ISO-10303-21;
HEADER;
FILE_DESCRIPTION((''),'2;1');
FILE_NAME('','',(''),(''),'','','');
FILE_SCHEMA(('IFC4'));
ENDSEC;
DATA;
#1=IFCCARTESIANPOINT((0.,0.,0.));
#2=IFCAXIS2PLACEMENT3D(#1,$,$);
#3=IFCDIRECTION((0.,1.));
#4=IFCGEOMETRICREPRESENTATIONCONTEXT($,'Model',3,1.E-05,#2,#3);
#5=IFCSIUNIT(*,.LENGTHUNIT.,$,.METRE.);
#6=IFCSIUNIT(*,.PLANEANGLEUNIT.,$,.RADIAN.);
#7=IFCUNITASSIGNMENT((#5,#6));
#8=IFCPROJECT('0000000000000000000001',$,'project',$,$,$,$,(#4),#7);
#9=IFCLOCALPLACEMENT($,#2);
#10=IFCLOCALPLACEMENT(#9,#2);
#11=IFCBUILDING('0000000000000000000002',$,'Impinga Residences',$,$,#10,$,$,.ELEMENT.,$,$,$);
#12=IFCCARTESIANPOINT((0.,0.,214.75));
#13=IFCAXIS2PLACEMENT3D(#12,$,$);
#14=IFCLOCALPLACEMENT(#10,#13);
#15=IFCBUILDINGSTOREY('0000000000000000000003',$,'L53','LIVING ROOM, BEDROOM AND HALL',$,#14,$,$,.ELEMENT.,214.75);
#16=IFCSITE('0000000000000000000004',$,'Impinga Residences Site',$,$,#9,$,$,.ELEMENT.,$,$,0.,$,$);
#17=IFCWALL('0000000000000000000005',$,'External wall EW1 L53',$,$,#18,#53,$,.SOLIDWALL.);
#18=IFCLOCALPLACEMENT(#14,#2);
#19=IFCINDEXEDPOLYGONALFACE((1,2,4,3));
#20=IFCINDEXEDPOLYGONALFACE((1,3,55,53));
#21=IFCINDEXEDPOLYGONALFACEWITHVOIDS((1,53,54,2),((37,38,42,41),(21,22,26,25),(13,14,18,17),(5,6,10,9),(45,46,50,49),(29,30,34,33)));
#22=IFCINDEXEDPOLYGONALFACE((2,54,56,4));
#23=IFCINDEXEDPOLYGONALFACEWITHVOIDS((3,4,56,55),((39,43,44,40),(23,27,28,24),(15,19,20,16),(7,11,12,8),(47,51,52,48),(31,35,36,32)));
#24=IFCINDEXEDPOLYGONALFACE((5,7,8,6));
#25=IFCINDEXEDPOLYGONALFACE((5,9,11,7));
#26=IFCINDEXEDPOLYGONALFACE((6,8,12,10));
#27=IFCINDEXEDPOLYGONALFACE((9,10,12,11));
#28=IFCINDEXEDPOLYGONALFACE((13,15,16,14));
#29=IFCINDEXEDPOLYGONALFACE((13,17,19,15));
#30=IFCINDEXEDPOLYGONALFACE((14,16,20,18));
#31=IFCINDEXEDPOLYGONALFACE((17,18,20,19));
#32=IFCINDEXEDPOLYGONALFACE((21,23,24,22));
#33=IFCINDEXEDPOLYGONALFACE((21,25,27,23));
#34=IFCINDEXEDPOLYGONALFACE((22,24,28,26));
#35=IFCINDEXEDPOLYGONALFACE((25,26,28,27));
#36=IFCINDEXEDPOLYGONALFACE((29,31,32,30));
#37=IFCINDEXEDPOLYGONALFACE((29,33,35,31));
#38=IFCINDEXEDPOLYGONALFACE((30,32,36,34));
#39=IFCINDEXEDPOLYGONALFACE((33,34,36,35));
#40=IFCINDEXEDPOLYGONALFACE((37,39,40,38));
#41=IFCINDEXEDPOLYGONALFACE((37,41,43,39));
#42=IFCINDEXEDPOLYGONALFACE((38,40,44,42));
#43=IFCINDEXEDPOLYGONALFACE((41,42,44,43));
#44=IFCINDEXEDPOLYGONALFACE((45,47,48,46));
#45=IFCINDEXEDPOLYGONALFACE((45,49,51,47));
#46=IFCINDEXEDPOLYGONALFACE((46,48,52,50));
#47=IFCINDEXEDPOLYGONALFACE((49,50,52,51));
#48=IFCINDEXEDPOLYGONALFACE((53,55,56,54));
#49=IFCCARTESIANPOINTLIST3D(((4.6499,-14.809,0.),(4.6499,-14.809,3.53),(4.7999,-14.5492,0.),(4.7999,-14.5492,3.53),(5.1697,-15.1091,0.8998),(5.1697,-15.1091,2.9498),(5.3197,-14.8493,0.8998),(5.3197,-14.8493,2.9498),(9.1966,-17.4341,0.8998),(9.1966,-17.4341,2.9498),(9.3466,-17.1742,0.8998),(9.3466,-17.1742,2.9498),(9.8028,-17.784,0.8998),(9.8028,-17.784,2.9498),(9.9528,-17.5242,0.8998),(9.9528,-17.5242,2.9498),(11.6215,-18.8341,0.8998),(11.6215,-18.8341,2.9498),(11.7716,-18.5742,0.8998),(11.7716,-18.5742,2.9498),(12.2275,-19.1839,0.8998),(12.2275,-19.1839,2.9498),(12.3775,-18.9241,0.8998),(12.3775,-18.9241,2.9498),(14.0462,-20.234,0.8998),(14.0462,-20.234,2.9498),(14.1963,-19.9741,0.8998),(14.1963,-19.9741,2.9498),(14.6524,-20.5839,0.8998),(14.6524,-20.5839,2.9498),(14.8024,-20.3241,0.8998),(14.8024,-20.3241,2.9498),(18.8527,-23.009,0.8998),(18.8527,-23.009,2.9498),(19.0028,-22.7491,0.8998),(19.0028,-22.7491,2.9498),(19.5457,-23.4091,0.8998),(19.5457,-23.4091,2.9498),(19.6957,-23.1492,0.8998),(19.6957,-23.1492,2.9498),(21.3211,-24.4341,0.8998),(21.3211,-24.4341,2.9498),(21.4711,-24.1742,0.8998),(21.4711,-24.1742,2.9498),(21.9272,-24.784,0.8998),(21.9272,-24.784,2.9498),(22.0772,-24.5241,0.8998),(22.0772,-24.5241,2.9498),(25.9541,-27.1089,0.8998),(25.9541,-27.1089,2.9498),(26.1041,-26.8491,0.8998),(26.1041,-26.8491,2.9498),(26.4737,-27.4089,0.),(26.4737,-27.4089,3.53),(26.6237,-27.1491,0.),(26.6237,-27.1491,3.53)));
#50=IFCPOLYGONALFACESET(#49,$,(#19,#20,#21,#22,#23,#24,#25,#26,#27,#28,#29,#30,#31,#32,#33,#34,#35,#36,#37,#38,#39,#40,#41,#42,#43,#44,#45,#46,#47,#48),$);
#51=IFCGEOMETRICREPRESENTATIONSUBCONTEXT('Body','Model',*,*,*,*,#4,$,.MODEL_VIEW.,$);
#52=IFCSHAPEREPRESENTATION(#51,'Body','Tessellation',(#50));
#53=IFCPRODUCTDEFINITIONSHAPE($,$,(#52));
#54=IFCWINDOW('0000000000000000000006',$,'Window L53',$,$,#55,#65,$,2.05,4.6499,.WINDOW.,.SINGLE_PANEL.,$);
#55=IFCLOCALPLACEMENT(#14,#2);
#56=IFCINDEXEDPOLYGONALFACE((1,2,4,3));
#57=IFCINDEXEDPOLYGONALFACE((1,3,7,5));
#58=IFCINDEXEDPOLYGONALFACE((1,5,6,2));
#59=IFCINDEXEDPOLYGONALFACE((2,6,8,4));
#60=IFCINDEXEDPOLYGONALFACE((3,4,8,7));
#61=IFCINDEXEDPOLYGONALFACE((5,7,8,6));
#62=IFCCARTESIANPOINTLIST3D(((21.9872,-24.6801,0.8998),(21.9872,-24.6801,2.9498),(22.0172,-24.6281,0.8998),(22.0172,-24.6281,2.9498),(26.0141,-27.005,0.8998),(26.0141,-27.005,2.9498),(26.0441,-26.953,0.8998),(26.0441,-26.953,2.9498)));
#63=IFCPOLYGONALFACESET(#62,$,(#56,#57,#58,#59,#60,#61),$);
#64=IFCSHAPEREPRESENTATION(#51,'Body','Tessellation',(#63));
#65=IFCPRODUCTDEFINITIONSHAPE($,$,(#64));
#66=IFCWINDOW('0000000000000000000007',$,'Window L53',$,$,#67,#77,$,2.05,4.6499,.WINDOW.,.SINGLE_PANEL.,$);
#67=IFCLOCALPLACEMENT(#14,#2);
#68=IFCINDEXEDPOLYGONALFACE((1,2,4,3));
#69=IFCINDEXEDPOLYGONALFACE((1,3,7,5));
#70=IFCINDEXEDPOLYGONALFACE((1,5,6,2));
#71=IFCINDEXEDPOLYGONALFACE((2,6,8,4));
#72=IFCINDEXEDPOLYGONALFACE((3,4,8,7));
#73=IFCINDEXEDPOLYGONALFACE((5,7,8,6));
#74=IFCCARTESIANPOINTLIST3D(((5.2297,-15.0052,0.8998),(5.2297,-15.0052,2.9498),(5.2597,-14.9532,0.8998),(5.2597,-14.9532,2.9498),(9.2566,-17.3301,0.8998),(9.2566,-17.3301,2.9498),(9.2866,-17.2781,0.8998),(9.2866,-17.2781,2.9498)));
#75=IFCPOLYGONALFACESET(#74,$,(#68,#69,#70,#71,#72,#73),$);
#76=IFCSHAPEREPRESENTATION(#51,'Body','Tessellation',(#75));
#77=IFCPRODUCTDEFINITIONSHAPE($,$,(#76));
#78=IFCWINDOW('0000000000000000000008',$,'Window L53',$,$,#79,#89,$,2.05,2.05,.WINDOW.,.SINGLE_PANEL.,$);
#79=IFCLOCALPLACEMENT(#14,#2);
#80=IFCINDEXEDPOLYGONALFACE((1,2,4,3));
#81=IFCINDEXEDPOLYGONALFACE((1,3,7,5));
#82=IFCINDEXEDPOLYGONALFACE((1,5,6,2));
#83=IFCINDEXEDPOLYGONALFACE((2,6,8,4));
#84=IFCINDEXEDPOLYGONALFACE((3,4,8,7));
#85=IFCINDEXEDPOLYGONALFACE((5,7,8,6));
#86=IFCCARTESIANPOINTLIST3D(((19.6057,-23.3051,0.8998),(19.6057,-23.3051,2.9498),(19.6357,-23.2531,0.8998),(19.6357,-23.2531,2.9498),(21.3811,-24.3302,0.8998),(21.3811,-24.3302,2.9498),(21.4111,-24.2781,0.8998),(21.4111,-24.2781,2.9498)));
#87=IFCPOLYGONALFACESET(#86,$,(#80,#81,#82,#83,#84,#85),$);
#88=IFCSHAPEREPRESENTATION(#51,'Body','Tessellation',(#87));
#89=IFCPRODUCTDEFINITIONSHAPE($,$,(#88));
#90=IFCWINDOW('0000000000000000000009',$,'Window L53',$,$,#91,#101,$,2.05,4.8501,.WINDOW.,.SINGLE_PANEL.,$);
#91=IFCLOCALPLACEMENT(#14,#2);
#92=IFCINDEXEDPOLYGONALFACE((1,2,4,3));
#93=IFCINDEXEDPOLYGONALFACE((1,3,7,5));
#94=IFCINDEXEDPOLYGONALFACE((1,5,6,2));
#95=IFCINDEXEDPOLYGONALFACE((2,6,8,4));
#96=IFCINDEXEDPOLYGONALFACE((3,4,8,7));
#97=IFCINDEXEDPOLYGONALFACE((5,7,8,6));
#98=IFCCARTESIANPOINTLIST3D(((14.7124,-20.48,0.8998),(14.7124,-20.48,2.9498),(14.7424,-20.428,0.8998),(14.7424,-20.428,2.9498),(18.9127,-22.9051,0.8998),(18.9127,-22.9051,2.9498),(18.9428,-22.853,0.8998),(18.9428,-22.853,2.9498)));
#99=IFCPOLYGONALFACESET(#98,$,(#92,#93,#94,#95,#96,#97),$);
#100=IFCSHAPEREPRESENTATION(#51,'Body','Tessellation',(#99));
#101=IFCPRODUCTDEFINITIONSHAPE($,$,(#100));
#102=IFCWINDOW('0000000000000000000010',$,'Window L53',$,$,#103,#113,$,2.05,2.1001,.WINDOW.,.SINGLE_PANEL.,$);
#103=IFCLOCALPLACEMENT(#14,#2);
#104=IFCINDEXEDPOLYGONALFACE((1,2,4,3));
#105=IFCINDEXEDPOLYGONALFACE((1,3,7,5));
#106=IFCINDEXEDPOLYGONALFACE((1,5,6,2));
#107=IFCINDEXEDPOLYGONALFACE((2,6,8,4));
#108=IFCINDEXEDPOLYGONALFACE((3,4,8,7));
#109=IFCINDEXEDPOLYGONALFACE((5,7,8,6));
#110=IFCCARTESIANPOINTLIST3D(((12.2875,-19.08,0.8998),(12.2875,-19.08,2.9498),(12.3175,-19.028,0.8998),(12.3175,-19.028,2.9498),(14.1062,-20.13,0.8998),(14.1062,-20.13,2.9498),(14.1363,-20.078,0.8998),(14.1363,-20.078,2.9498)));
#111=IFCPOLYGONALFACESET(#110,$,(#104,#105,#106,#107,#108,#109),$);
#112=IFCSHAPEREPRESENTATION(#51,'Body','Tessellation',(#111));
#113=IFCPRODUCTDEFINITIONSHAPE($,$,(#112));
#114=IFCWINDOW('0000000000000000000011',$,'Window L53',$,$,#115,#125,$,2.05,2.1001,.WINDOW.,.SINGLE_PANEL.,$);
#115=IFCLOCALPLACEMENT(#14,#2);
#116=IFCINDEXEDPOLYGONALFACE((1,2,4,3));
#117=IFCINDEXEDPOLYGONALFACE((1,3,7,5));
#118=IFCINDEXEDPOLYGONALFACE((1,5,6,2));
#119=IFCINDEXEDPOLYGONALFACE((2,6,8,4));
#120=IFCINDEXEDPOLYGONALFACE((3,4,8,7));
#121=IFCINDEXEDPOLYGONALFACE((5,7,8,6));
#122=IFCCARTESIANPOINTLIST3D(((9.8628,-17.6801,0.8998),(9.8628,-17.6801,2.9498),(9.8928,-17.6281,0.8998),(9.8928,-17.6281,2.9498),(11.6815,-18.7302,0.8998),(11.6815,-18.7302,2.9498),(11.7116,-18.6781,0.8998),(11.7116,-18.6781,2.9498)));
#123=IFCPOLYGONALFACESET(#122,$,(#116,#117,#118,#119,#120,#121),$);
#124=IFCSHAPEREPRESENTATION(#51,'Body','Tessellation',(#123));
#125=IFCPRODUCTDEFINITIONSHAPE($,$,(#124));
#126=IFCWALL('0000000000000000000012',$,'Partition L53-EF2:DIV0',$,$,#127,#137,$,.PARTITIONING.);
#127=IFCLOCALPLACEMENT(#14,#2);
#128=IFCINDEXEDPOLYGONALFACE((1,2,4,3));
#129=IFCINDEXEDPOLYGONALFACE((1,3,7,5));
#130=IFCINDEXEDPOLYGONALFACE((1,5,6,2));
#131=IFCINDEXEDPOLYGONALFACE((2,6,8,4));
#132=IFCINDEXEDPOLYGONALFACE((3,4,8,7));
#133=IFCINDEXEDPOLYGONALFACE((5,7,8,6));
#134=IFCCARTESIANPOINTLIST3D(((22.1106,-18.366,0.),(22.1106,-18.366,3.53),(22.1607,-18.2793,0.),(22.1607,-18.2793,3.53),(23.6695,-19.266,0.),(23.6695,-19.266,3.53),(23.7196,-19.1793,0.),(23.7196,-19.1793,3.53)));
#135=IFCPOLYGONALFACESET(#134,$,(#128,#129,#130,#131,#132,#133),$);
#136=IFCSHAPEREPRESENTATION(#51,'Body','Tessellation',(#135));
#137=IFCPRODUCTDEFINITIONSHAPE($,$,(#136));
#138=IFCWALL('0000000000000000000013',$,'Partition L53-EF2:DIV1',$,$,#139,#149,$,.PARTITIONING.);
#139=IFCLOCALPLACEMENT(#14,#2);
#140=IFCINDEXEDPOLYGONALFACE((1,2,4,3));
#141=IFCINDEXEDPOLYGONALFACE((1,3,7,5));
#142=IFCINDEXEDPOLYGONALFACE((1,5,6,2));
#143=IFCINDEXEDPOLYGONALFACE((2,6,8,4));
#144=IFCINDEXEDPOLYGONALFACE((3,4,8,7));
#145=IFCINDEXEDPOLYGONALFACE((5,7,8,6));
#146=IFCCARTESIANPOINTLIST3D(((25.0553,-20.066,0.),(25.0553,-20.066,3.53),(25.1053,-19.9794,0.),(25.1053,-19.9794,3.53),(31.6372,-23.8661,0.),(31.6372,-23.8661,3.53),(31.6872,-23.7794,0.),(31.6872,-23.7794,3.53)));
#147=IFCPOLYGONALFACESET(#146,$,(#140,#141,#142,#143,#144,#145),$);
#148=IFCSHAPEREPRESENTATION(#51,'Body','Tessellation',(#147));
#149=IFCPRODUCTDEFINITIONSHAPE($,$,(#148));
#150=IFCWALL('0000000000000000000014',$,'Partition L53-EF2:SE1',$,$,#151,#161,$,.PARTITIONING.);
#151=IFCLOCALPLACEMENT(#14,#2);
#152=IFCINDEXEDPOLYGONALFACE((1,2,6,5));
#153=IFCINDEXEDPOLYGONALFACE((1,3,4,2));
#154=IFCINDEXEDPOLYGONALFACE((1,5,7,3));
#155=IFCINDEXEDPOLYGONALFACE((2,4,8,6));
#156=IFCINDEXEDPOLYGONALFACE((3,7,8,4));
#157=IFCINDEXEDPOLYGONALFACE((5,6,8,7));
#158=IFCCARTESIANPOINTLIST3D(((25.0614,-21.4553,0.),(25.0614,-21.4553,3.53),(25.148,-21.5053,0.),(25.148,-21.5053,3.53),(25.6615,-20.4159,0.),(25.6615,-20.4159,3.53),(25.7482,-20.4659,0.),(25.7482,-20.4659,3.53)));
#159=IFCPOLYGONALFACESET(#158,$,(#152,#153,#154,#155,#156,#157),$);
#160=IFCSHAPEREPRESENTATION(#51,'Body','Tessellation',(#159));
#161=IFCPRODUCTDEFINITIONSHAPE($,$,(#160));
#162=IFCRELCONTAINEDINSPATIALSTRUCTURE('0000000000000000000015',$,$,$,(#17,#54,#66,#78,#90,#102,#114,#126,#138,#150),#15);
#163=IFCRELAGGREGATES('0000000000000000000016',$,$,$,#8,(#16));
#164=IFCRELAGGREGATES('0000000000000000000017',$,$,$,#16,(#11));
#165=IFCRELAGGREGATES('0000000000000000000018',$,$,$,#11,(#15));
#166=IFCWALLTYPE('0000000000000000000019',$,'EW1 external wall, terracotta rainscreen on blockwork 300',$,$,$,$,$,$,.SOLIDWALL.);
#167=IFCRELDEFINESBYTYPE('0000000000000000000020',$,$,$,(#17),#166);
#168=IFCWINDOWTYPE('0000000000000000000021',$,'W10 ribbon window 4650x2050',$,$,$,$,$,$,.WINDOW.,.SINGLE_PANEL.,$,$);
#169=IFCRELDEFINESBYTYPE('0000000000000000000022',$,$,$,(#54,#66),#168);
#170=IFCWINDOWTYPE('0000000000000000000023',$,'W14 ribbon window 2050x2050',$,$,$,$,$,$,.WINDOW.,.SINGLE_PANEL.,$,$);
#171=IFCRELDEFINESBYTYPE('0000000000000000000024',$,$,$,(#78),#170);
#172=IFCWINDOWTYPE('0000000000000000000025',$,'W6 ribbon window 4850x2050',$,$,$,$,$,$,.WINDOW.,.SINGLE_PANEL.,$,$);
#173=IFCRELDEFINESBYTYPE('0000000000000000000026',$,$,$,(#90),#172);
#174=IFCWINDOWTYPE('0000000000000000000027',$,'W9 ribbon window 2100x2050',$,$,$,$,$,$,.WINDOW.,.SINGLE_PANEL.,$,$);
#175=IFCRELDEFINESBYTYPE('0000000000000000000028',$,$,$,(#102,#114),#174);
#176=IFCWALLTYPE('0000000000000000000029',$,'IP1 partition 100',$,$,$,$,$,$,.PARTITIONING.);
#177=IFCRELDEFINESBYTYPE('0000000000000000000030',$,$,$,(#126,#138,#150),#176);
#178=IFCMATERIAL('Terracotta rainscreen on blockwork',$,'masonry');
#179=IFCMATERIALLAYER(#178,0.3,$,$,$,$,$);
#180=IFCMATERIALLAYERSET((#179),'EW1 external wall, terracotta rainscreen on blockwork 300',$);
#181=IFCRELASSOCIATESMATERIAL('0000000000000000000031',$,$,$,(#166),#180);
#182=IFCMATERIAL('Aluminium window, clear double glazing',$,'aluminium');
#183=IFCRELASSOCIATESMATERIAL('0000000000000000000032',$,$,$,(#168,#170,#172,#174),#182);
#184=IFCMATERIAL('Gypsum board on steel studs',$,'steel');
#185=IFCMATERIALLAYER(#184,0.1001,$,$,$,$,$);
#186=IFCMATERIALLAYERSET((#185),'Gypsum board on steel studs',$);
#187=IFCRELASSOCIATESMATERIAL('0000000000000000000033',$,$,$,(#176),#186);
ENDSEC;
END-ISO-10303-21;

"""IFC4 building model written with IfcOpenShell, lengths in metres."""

from ifc_helpers import new_model, si_unit, direction, frame, frame_2d, origin, place, context, subcontext, project, spatial, rectangle, extrude, material, layer, layer_set, type_object, element, fill, save


model = new_model("IFC4")

# Units and contexts
model_context = context("Model", 3, precision=1e-05, world=origin(), true_north=direction((0.0, 1.0)))
body_context = subcontext(model_context, "Body", "Model", "MODEL_VIEW")
ifc_project = project(units=[si_unit("LENGTHUNIT", "METRE"), si_unit("PLANEANGLEUNIT", "RADIAN")], contexts=[model_context])

# Site, building, storey
site_placement = place(None, origin())
site = spatial("IfcSite", under=ifc_project, at=site_placement, Name="Impinga Residences Site", CompositionType="ELEMENT", RefElevation=0.0)
building_placement = place(site_placement, origin())
building = spatial("IfcBuilding", under=site, at=building_placement, Name="Impinga Residences", CompositionType="ELEMENT")
storey_placement = place(building_placement, frame((0.0, 0.0, 214.75)))
storey = spatial("IfcBuildingStorey", under=building, at=storey_placement, Name="L53", Description="LIVING ROOM, BEDROOM AND HALL", CompositionType="ELEMENT", Elevation=214.75)

# Shared definitions
ifc_material_1 = material(Name="Terracotta rainscreen on blockwork", Category="masonry")
ifc_layer_1 = layer(ifc_material_1, 0.3)
ifc_layer_set_1 = layer_set([ifc_layer_1], Name="EW1 external wall, terracotta rainscreen on blockwork 300")
wall_type_1 = type_object("IfcWallType", Name="EW1 external wall, terracotta rainscreen on blockwork 300", PredefinedType="SOLIDWALL", material=ifc_layer_set_1)

# Wall, openings, windows
wall_1_placement = place(storey_placement, frame((26.5488, -27.2791, 0.0), z_axis=(0.0, 0.0, 1.0), x_axis=(-0.866027, 0.499998, 0.0)))
wall_1 = element("IfcWall", 1, at=wall_1_placement, inside=storey, type_object=wall_type_1, Name="External wall EW1 L53", PredefinedType="SOLIDWALL", context=body_context, shape_type="SweptSolid", body=[
    extrude(rectangle(XDim=25.2, YDim=0.3, at=frame_2d((12.6001, 0.0))), origin(), (0.0, 0.0, 1.0), 3.53),
])
opening_1_placement = place(wall_1_placement, frame((0.6001, 0.0, 0.8999)))
opening_1 = element("IfcOpeningElement", 2, at=opening_1_placement, cuts=wall_1, PredefinedType="OPENING", context=body_context, shape_type="SweptSolid", body=[
    extrude(rectangle(XDim=4.6499, YDim=2.05, at=frame_2d((2.325, 1.0249))), frame((0.0, 0.1599, 0.0), z_axis=(0.0, -1.0, 0.0), x_axis=(1.0, 0.0, 0.0)), (0.0, 0.0, 1.0), 0.3201),
])
opening_2_placement = place(wall_1_placement, frame((5.95, 0.0, 0.8999)))
opening_2 = element("IfcOpeningElement", 3, at=opening_2_placement, cuts=wall_1, PredefinedType="OPENING", context=body_context, shape_type="SweptSolid", body=[
    extrude(rectangle(XDim=2.05, YDim=2.05, at=frame_2d((1.0249, 1.0249))), frame((0.0, 0.1599, 0.0), z_axis=(0.0, -1.0, 0.0), x_axis=(1.0, 0.0, 0.0)), (0.0, 0.0, 1.0), 0.3201),
])
opening_3_placement = place(wall_1_placement, frame((8.8, 0.0, 0.8999)))
opening_3 = element("IfcOpeningElement", 4, at=opening_3_placement, cuts=wall_1, PredefinedType="OPENING", context=body_context, shape_type="SweptSolid", body=[
    extrude(rectangle(XDim=4.8501, YDim=2.05, at=frame_2d((2.425, 1.0249))), frame((0.0, 0.1599, 0.0), z_axis=(0.0, -1.0, 0.0), x_axis=(1.0, 0.0, 0.0)), (0.0, 0.0, 1.0), 0.3201),
])
opening_4_placement = place(wall_1_placement, frame((14.3501, 0.0, 0.8999)))
opening_4 = element("IfcOpeningElement", 5, at=opening_4_placement, cuts=wall_1, PredefinedType="OPENING", context=body_context, shape_type="SweptSolid", body=[
    extrude(rectangle(XDim=2.1001, YDim=2.05, at=frame_2d((1.05, 1.0249))), frame((0.0, 0.1599, 0.0), z_axis=(0.0, -1.0, 0.0), x_axis=(1.0, 0.0, 0.0)), (0.0, 0.0, 1.0), 0.3201),
])
opening_5_placement = place(wall_1_placement, frame((17.1499, 0.0, 0.8999)))
opening_5 = element("IfcOpeningElement", 6, at=opening_5_placement, cuts=wall_1, PredefinedType="OPENING", context=body_context, shape_type="SweptSolid", body=[
    extrude(rectangle(XDim=2.1001, YDim=2.05, at=frame_2d((1.05, 1.0249))), frame((0.0, 0.1599, 0.0), z_axis=(0.0, -1.0, 0.0), x_axis=(1.0, 0.0, 0.0)), (0.0, 0.0, 1.0), 0.3201),
])
opening_6_placement = place(wall_1_placement, frame((19.95, 0.0, 0.8999)))
opening_6 = element("IfcOpeningElement", 7, at=opening_6_placement, cuts=wall_1, PredefinedType="OPENING", context=body_context, shape_type="SweptSolid", body=[
    extrude(rectangle(XDim=4.6499, YDim=2.05, at=frame_2d((2.325, 1.0249))), frame((0.0, 0.1599, 0.0), z_axis=(0.0, -1.0, 0.0), x_axis=(1.0, 0.0, 0.0)), (0.0, 0.0, 1.0), 0.3201),
])
ifc_material_2 = material(Name="Aluminium window, clear double glazing", Category="aluminium")
window_type_1 = type_object("IfcWindowType", Name="W10 ribbon window 4650x2050", PartitioningType="SINGLE_PANEL", PredefinedType="WINDOW", material=ifc_material_2)
window_1_placement = place(opening_1_placement, origin())
window_1 = element("IfcWindow", 8, at=window_1_placement, inside=storey, type_object=window_type_1, Name="Window L53", OverallHeight=2.05, OverallWidth=4.6499, PartitioningType="SINGLE_PANEL", PredefinedType="WINDOW", context=body_context, shape_type="SweptSolid", body=[
    extrude(rectangle(XDim=4.6499, YDim=2.05, at=frame_2d((2.325, 1.0249))), frame((0.0, 0.03, 0.0), z_axis=(0.0, -1.0, 0.0), x_axis=(1.0, 0.0, 0.0)), (0.0, 0.0, 1.0), 0.0601),
])
fill(opening_1, window_1)
window_2_placement = place(opening_6_placement, origin())
window_2 = element("IfcWindow", 9, at=window_2_placement, inside=storey, type_object=window_type_1, Name="Window L53", OverallHeight=2.05, OverallWidth=4.6499, PartitioningType="SINGLE_PANEL", PredefinedType="WINDOW", context=body_context, shape_type="SweptSolid", body=[
    extrude(rectangle(XDim=4.6499, YDim=2.05, at=frame_2d((2.325, 1.0249))), frame((0.0, 0.03, 0.0), z_axis=(0.0, -1.0, 0.0), x_axis=(1.0, 0.0, 0.0)), (0.0, 0.0, 1.0), 0.0601),
])
fill(opening_6, window_2)
window_type_2 = type_object("IfcWindowType", Name="W14 ribbon window 2050x2050", PartitioningType="SINGLE_PANEL", PredefinedType="WINDOW", material=ifc_material_2)
window_3_placement = place(opening_2_placement, origin())
window_3 = element("IfcWindow", 10, at=window_3_placement, inside=storey, type_object=window_type_2, Name="Window L53", OverallHeight=2.05, OverallWidth=2.05, PartitioningType="SINGLE_PANEL", PredefinedType="WINDOW", context=body_context, shape_type="SweptSolid", body=[
    extrude(rectangle(XDim=2.05, YDim=2.05, at=frame_2d((1.0249, 1.0249))), frame((0.0, 0.03, 0.0), z_axis=(0.0, -1.0, 0.0), x_axis=(1.0, 0.0, 0.0)), (0.0, 0.0, 1.0), 0.0601),
])
fill(opening_2, window_3)
window_type_3 = type_object("IfcWindowType", Name="W6 ribbon window 4850x2050", PartitioningType="SINGLE_PANEL", PredefinedType="WINDOW", material=ifc_material_2)
window_4_placement = place(opening_3_placement, origin())
window_4 = element("IfcWindow", 11, at=window_4_placement, inside=storey, type_object=window_type_3, Name="Window L53", OverallHeight=2.05, OverallWidth=4.8501, PartitioningType="SINGLE_PANEL", PredefinedType="WINDOW", context=body_context, shape_type="SweptSolid", body=[
    extrude(rectangle(XDim=4.8501, YDim=2.05, at=frame_2d((2.425, 1.0249))), frame((0.0, 0.03, 0.0), z_axis=(0.0, -1.0, 0.0), x_axis=(1.0, 0.0, 0.0)), (0.0, 0.0, 1.0), 0.0601),
])
fill(opening_3, window_4)
window_type_4 = type_object("IfcWindowType", Name="W9 ribbon window 2100x2050", PartitioningType="SINGLE_PANEL", PredefinedType="WINDOW", material=ifc_material_2)
window_5_placement = place(opening_4_placement, origin())
window_5 = element("IfcWindow", 12, at=window_5_placement, inside=storey, type_object=window_type_4, Name="Window L53", OverallHeight=2.05, OverallWidth=2.1001, PartitioningType="SINGLE_PANEL", PredefinedType="WINDOW", context=body_context, shape_type="SweptSolid", body=[
    extrude(rectangle(XDim=2.1001, YDim=2.05, at=frame_2d((1.05, 1.0249))), frame((0.0, 0.03, 0.0), z_axis=(0.0, -1.0, 0.0), x_axis=(1.0, 0.0, 0.0)), (0.0, 0.0, 1.0), 0.0601),
])
fill(opening_4, window_5)
window_6_placement = place(opening_5_placement, origin())
window_6 = element("IfcWindow", 13, at=window_6_placement, inside=storey, type_object=window_type_4, Name="Window L53", OverallHeight=2.05, OverallWidth=2.1001, PartitioningType="SINGLE_PANEL", PredefinedType="WINDOW", context=body_context, shape_type="SweptSolid", body=[
    extrude(rectangle(XDim=2.1001, YDim=2.05, at=frame_2d((1.05, 1.0249))), frame((0.0, 0.03, 0.0), z_axis=(0.0, -1.0, 0.0), x_axis=(1.0, 0.0, 0.0)), (0.0, 0.0, 1.0), 0.0601),
])
fill(opening_5, window_6)

# Walls
ifc_material_3 = material(Name="Gypsum board on steel studs", Category="steel")
ifc_layer_2 = layer(ifc_material_3, 0.1001)
ifc_layer_set_2 = layer_set([ifc_layer_2], Name="Gypsum board on steel studs")
wall_type_2 = type_object("IfcWallType", Name="IP1 partition 100", PredefinedType="PARTITIONING", material=ifc_layer_set_2)
wall_2_placement = place(storey_placement, frame((22.1357, -18.3228, 0.0), z_axis=(0.0, 0.0, 1.0), x_axis=(0.866048, -0.499961, 0.0)))
element("IfcWall", 14, at=wall_2_placement, inside=storey, type_object=wall_type_2, Name="Partition L53-EF2:DIV0", PredefinedType="PARTITIONING", context=body_context, shape_type="SweptSolid", body=[
    extrude(rectangle(XDim=1.8, YDim=0.1001, at=frame_2d((0.8999, 0.0))), origin(), (0.0, 0.0, 1.0), 3.53),
])
wall_3_placement = place(storey_placement, frame((25.0803, -20.0227, 0.0), z_axis=(0.0, 0.0, 1.0), x_axis=(0.866022, -0.500005, 0.0)))
element("IfcWall", 15, at=wall_3_placement, inside=storey, type_object=wall_type_2, Name="Partition L53-EF2:DIV1", PredefinedType="PARTITIONING", context=body_context, shape_type="SweptSolid", body=[
    extrude(rectangle(XDim=7.6001, YDim=0.1001, at=frame_2d((3.8, 0.0))), origin(), (0.0, 0.0, 1.0), 3.53),
])
wall_4_placement = place(storey_placement, frame((25.7048, -20.4409, 0.0), z_axis=(0.0, 0.0, 1.0), x_axis=(-0.500034, -0.866006, 0.0)))
element("IfcWall", 16, at=wall_4_placement, inside=storey, type_object=wall_type_2, Name="Partition L53-EF2:SE1", PredefinedType="PARTITIONING", context=body_context, shape_type="SweptSolid", body=[
    extrude(rectangle(XDim=1.2002, YDim=0.1001, at=frame_2d((0.6001, 0.0))), origin(), (0.0, 0.0, 1.0), 3.53),
])

save(model, "model.ifc")
